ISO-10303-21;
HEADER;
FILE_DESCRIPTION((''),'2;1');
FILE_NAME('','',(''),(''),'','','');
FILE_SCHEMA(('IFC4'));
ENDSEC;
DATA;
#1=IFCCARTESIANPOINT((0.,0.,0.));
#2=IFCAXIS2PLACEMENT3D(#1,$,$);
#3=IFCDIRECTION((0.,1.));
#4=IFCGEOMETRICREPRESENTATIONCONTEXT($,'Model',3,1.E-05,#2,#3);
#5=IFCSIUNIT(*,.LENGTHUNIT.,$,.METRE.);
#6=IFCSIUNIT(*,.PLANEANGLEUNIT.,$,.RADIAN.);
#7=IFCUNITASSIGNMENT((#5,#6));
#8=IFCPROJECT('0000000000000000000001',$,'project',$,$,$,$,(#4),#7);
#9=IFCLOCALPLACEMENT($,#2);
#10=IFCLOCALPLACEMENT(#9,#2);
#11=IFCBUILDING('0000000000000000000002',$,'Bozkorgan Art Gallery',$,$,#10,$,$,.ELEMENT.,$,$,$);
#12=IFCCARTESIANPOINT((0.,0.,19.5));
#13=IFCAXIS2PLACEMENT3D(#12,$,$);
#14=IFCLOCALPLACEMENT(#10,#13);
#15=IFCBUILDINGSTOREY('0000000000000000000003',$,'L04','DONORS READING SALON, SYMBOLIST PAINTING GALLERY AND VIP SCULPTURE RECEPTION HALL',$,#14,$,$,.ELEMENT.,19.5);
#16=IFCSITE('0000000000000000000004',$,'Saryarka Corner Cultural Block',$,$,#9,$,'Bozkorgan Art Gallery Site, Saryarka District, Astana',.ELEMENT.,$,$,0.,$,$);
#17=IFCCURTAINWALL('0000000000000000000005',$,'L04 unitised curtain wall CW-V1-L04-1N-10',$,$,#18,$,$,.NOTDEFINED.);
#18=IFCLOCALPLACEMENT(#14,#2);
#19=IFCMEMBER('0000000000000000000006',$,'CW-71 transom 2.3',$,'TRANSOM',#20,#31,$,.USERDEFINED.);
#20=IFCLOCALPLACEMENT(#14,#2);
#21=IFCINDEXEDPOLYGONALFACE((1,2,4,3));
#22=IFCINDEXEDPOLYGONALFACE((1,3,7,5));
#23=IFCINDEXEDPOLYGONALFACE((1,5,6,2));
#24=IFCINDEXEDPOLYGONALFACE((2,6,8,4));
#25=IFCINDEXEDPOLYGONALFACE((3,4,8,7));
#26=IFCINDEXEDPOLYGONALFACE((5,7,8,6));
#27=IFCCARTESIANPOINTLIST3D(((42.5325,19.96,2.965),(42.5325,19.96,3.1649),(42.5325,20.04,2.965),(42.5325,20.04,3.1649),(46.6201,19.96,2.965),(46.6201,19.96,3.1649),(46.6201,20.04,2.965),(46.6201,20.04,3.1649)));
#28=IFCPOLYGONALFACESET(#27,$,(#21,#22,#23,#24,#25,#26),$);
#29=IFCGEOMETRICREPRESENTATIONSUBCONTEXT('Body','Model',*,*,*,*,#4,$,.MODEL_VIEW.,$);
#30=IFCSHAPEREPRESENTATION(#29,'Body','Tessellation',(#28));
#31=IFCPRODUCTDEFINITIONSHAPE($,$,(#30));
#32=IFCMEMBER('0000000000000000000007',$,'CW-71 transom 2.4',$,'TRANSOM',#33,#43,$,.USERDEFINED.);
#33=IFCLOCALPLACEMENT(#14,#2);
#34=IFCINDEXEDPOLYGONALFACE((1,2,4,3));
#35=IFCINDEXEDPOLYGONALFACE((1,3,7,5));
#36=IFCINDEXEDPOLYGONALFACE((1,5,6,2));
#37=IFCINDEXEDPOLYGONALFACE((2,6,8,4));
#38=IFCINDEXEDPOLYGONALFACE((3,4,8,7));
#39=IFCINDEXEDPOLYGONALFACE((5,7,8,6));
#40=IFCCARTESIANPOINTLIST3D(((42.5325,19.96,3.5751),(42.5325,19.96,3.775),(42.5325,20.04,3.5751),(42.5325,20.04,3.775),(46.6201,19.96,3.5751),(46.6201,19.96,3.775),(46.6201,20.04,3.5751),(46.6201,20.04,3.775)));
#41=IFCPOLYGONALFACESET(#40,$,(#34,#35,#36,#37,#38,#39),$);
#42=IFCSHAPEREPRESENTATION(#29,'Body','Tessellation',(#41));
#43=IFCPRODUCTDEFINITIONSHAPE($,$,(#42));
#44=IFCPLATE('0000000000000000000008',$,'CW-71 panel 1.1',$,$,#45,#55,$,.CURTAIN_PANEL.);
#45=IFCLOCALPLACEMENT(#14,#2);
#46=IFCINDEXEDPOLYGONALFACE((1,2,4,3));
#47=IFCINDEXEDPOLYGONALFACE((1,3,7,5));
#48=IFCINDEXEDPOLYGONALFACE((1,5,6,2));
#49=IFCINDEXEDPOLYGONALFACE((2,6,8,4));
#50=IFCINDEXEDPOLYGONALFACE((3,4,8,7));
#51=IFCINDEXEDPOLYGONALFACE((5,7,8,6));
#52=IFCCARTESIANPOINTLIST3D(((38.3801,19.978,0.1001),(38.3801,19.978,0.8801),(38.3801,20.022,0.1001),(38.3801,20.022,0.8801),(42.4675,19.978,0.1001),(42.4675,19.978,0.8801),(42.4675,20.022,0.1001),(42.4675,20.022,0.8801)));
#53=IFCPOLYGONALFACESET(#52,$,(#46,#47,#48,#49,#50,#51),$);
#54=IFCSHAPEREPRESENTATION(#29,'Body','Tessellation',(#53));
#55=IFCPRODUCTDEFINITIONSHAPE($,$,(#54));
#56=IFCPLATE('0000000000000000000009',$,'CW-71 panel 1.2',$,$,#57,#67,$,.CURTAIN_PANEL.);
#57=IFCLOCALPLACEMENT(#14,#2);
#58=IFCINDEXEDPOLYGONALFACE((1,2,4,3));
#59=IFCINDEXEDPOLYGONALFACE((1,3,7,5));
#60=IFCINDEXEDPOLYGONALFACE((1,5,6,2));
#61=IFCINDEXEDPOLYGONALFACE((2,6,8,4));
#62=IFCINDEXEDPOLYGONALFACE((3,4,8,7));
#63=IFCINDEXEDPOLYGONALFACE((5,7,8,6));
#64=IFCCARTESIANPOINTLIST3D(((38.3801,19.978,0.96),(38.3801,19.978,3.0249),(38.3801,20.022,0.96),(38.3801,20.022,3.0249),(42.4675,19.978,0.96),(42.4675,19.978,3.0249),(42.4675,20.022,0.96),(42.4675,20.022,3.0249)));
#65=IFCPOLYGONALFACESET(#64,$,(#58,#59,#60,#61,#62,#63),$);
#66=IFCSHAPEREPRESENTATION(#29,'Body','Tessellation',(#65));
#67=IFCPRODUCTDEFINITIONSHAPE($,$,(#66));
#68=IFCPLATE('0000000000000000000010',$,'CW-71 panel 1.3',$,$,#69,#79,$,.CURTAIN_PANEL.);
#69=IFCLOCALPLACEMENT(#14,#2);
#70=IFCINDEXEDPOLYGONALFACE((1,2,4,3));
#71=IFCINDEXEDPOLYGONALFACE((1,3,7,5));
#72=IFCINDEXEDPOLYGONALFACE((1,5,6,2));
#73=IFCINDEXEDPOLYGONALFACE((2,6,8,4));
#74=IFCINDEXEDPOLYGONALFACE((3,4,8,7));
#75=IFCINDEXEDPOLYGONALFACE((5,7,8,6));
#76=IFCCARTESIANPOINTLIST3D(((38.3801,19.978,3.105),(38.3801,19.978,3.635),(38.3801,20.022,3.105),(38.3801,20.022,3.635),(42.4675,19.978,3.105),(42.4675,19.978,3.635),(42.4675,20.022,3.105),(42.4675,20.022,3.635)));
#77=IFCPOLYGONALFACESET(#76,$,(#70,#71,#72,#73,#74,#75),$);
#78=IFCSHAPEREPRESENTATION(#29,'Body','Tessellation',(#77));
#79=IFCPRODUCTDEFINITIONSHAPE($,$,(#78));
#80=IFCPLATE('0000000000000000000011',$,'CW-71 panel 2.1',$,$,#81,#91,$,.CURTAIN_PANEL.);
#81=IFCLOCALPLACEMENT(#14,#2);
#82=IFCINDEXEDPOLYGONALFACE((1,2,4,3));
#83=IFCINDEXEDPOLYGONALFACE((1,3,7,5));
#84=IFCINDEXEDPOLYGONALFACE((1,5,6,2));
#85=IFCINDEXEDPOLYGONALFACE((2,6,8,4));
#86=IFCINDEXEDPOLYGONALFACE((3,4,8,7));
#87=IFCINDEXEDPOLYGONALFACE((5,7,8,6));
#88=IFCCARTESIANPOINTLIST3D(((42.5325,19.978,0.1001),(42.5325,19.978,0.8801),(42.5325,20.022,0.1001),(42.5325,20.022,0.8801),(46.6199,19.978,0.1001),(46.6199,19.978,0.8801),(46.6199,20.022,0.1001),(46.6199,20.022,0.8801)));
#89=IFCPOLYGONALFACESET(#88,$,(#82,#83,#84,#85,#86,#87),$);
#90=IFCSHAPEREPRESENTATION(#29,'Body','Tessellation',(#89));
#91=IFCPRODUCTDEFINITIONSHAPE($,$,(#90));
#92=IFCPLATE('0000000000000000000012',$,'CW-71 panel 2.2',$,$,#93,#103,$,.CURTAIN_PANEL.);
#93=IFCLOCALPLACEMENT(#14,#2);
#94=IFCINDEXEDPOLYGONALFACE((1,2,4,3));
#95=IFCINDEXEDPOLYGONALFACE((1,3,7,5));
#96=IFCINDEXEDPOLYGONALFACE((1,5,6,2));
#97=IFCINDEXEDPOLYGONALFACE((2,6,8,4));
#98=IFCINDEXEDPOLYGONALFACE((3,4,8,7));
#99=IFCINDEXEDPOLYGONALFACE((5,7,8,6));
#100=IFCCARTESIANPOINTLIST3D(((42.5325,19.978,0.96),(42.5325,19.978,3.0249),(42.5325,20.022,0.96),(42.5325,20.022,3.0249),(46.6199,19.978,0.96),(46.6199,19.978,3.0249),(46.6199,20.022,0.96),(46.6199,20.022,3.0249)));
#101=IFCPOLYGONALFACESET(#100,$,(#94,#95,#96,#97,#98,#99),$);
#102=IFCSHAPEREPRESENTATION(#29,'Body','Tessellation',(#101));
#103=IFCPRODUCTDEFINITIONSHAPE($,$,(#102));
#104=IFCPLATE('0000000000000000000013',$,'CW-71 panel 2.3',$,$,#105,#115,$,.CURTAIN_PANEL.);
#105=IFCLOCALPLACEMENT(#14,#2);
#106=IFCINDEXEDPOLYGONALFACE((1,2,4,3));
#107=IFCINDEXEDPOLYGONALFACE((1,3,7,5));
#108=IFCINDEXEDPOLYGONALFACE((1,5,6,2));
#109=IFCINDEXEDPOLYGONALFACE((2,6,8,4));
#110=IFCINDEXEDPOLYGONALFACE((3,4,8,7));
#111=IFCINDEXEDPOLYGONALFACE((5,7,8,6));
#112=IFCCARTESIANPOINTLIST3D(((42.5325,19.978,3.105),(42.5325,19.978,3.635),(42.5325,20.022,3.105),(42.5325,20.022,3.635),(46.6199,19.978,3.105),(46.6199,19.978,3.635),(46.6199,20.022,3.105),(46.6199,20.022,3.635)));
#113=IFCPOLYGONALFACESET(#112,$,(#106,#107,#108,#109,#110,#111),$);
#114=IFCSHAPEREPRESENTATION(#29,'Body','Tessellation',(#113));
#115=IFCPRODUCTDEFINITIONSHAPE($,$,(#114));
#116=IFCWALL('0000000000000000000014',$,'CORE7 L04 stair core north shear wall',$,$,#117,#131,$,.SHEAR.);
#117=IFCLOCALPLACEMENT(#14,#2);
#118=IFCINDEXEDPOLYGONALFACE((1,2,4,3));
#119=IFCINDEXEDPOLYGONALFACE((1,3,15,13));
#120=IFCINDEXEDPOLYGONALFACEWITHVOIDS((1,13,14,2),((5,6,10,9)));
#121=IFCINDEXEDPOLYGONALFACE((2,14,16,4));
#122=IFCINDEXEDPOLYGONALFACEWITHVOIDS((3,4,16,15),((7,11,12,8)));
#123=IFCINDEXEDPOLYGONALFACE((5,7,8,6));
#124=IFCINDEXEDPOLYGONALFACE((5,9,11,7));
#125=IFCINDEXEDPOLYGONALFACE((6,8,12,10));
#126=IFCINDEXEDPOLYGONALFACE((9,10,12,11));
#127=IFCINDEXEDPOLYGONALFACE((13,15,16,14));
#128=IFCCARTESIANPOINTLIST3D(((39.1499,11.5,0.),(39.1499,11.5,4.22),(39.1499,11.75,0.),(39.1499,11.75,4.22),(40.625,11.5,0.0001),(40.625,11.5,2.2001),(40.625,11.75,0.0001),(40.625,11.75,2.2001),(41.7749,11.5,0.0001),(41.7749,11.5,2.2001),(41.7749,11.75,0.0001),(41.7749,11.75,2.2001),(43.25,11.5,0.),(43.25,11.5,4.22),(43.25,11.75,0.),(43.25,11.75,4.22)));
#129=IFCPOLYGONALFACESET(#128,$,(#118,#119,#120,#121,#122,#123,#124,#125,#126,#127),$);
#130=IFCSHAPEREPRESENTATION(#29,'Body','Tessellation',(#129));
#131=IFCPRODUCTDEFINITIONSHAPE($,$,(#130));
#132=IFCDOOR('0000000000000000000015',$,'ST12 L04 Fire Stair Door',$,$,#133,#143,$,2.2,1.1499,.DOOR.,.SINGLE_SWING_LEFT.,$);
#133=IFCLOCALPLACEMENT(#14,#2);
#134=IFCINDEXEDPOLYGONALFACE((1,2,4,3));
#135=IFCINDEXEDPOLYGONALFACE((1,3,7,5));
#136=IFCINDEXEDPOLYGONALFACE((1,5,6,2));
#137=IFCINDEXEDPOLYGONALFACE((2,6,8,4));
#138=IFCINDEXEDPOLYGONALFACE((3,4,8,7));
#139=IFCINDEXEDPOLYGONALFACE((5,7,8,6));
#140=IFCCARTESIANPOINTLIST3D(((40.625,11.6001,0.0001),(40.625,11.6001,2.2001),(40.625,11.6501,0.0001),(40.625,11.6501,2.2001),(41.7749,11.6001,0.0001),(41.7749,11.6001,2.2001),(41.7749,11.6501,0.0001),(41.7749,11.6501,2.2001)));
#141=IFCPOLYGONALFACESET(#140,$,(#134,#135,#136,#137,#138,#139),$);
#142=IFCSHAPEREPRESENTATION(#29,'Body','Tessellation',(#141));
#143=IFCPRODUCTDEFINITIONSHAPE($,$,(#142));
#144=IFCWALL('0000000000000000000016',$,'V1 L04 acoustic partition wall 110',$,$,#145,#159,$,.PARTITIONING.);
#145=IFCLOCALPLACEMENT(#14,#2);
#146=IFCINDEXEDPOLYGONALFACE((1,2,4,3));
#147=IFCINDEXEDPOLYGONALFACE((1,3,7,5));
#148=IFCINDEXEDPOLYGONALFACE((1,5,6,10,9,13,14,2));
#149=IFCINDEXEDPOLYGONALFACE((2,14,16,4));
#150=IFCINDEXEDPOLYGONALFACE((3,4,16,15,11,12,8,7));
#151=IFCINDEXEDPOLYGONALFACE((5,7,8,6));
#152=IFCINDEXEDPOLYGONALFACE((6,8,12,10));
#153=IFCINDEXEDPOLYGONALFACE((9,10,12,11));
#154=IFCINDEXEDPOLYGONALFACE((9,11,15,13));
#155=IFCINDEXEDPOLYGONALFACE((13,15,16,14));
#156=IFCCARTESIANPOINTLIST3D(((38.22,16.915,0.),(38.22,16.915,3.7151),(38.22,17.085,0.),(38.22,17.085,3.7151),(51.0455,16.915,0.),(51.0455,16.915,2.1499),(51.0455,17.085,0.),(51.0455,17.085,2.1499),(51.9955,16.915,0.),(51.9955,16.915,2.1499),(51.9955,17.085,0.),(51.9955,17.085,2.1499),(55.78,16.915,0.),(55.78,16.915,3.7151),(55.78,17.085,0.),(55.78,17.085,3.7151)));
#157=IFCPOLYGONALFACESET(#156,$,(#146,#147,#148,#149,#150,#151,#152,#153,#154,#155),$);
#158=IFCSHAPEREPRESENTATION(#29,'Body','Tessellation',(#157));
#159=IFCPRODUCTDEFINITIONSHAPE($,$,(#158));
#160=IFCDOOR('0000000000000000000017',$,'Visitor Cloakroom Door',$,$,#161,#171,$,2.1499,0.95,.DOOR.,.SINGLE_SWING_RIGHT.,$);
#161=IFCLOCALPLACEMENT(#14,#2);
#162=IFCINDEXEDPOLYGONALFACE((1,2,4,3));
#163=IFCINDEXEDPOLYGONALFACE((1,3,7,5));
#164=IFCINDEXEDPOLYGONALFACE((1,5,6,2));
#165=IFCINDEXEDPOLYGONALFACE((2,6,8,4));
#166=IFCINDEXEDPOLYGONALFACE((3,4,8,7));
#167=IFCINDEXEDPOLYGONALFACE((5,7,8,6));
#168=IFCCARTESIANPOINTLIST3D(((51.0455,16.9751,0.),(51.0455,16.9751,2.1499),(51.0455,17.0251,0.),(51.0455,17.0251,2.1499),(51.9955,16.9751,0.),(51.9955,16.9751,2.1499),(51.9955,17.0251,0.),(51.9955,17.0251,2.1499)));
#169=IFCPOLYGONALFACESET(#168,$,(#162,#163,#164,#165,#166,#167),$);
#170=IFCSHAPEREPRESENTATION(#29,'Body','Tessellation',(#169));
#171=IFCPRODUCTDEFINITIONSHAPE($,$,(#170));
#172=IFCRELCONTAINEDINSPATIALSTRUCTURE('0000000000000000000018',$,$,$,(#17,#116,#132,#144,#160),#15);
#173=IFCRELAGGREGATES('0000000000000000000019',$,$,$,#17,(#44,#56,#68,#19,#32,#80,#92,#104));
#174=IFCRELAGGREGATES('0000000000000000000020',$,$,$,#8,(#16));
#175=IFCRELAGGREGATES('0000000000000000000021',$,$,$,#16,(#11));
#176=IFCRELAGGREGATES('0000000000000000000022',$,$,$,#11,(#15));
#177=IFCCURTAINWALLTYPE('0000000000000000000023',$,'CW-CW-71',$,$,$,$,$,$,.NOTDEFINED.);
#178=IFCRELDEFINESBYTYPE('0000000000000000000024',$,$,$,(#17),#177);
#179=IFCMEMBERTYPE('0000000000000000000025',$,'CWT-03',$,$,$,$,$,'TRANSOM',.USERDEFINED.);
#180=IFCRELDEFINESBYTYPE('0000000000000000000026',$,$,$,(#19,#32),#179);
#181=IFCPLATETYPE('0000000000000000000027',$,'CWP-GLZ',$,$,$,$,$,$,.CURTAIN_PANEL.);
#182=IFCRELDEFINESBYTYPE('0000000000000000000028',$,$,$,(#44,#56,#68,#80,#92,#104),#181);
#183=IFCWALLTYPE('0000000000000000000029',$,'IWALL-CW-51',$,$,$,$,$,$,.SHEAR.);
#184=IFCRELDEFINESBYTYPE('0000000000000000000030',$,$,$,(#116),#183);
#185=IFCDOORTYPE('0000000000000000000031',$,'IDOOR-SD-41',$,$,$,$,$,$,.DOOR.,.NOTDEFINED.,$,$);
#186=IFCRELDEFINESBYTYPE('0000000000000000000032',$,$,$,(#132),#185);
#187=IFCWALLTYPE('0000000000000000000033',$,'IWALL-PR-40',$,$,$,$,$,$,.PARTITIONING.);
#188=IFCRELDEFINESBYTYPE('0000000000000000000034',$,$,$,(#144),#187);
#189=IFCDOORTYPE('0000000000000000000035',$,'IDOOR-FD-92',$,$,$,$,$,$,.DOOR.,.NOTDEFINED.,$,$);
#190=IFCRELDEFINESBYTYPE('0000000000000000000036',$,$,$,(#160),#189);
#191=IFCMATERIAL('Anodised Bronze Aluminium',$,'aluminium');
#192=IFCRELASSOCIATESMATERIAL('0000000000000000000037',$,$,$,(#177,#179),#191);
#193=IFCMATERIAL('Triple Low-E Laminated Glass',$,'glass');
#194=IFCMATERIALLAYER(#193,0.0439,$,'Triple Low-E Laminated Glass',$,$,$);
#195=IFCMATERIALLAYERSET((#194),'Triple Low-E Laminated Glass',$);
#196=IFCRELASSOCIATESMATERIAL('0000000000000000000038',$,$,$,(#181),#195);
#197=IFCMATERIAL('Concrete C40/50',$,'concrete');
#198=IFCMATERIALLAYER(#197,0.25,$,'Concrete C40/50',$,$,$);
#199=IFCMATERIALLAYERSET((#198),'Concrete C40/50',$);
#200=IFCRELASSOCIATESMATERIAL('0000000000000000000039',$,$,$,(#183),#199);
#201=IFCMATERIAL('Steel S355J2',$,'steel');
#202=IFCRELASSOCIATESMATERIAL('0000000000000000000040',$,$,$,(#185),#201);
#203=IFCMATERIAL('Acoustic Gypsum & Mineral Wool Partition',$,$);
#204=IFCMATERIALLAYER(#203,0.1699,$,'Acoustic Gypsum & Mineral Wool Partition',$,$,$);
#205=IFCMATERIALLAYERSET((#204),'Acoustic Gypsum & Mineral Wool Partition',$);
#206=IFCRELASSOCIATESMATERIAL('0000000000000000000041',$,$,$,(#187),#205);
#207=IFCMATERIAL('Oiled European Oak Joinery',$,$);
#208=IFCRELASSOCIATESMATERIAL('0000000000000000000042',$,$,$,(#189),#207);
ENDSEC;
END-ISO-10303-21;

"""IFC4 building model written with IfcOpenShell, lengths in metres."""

from ifc_helpers import new_model, si_unit, direction, frame, frame_2d, origin, origin_2d, place, context, subcontext, project, spatial, rectangle, extrude, material, layer, layer_set, material_profile, profile_set, type_object, element, fill, aggregate, save


model = new_model("IFC4")

# Units and contexts
model_context = context("Model", 3, precision=1e-05, world=origin(), true_north=direction((0.0, 1.0)))
body_context = subcontext(model_context, "Body", "Model", "MODEL_VIEW")
ifc_project = project(units=[si_unit("LENGTHUNIT", "METRE"), si_unit("PLANEANGLEUNIT", "RADIAN")], contexts=[model_context])

# Site, building, storey
site_placement = place(None, origin())
site = spatial("IfcSite", under=ifc_project, at=site_placement, Name="Saryarka Corner Cultural Block", LongName="Bozkorgan Art Gallery Site, Saryarka District, Astana", CompositionType="ELEMENT", RefElevation=0.0)
building_placement = place(site_placement, origin())
building = spatial("IfcBuilding", under=site, at=building_placement, Name="Bozkorgan Art Gallery", CompositionType="ELEMENT")
storey_placement = place(building_placement, frame((0.0, 0.0, 19.5)))
storey = spatial("IfcBuildingStorey", under=building, at=storey_placement, Name="L04", Description="DONORS READING SALON, SYMBOLIST PAINTING GALLERY AND VIP SCULPTURE RECEPTION HALL", CompositionType="ELEMENT", Elevation=19.5)

# Shared definitions
ifc_material_1 = material(Name="Concrete C40/50", Category="concrete")

# Shared definitions
ifc_material_2 = material(Name="Steel S355J2", Category="steel")

# Curtain wall, members, plates
ifc_material_3 = material(Name="Anodised Bronze Aluminium", Category="aluminium")
curtain_wall_type = type_object("IfcCurtainWallType", Name="CW-CW-71", PredefinedType="NOTDEFINED", material=ifc_material_3)
curtain_wall_placement = place(storey_placement, origin())
curtain_wall = element("IfcCurtainWall", 1, at=curtain_wall_placement, inside=storey, type_object=curtain_wall_type, Name="L04 unitised curtain wall CW-V1-L04-1N-10", PredefinedType="NOTDEFINED")
ifc_material_profile_1 = material_profile(ifc_material_3, rectangle(XDim=0.0801, YDim=0.2, at=origin_2d()), Name="ALU TRANSOM 80x200")
ifc_profile_set_1 = profile_set([ifc_material_profile_1], Name="Anodised Bronze Aluminium")
member_type_1 = type_object("IfcMemberType", Name="CWT-03", ElementType="TRANSOM", PredefinedType="USERDEFINED", material=ifc_profile_set_1)
member_1_placement = place(storey_placement, frame((42.5325, 20.0, 3.0649), z_axis=(1.0, 0.0, 0.0), x_axis=(0.0, 1.0, 0.0)))
member_1 = element("IfcMember", 2, at=member_1_placement, type_object=member_type_1, Name="CW-71 transom 2.3", ObjectType="TRANSOM", PredefinedType="USERDEFINED", context=body_context, shape_type="SweptSolid", body=[
    extrude(rectangle(XDim=0.0801, YDim=0.2, at=origin_2d()), origin(), (0.0, 0.0, 1.0), 4.0876),
])
member_2_placement = place(storey_placement, frame((42.5325, 20.0, 3.675), z_axis=(1.0, 0.0, 0.0), x_axis=(0.0, 1.0, 0.0)))
member_2 = element("IfcMember", 3, at=member_2_placement, type_object=member_type_1, Name="CW-71 transom 2.4", ObjectType="TRANSOM", PredefinedType="USERDEFINED", context=body_context, shape_type="SweptSolid", body=[
    extrude(rectangle(XDim=0.0801, YDim=0.2, at=origin_2d()), origin(), (0.0, 0.0, 1.0), 4.0876),
])
ifc_material_4 = material(Name="Triple Low-E Laminated Glass", Category="glass")
ifc_layer_1 = layer(ifc_material_4, 0.0439, Name="Triple Low-E Laminated Glass")
ifc_layer_set_1 = layer_set([ifc_layer_1], Name="Triple Low-E Laminated Glass")
plate_type = type_object("IfcPlateType", Name="CWP-GLZ", PredefinedType="CURTAIN_PANEL", material=ifc_layer_set_1)
plate_1_placement = place(storey_placement, frame((40.4238, 20.0, 0.1001), z_axis=(0.0, 0.0, 1.0), x_axis=(1.0, 0.0, 0.0)))
plate_1 = element("IfcPlate", 4, at=plate_1_placement, type_object=plate_type, Name="CW-71 panel 1.1", PredefinedType="CURTAIN_PANEL", context=body_context, shape_type="SweptSolid", body=[
    extrude(rectangle(XDim=4.0874, YDim=0.0439, at=origin_2d()), origin(), (0.0, 0.0, 1.0), 0.78),
])
plate_2_placement = place(storey_placement, frame((40.4238, 20.0, 0.96), z_axis=(0.0, 0.0, 1.0), x_axis=(1.0, 0.0, 0.0)))
plate_2 = element("IfcPlate", 5, at=plate_2_placement, type_object=plate_type, Name="CW-71 panel 1.2", PredefinedType="CURTAIN_PANEL", context=body_context, shape_type="SweptSolid", body=[
    extrude(rectangle(XDim=4.0874, YDim=0.0439, at=origin_2d()), origin(), (0.0, 0.0, 1.0), 2.0649),
])
plate_3_placement = place(storey_placement, frame((40.4238, 20.0, 3.105), z_axis=(0.0, 0.0, 1.0), x_axis=(1.0, 0.0, 0.0)))
plate_3 = element("IfcPlate", 6, at=plate_3_placement, type_object=plate_type, Name="CW-71 panel 1.3", PredefinedType="CURTAIN_PANEL", context=body_context, shape_type="SweptSolid", body=[
    extrude(rectangle(XDim=4.0874, YDim=0.0439, at=origin_2d()), origin(), (0.0, 0.0, 1.0), 0.53),
])
plate_4_placement = place(storey_placement, frame((44.5762, 20.0, 0.1001), z_axis=(0.0, 0.0, 1.0), x_axis=(1.0, 0.0, 0.0)))
plate_4 = element("IfcPlate", 7, at=plate_4_placement, type_object=plate_type, Name="CW-71 panel 2.1", PredefinedType="CURTAIN_PANEL", context=body_context, shape_type="SweptSolid", body=[
    extrude(rectangle(XDim=4.0874, YDim=0.0439, at=origin_2d()), origin(), (0.0, 0.0, 1.0), 0.78),
])
plate_5_placement = place(storey_placement, frame((44.5762, 20.0, 0.96), z_axis=(0.0, 0.0, 1.0), x_axis=(1.0, 0.0, 0.0)))
plate_5 = element("IfcPlate", 8, at=plate_5_placement, type_object=plate_type, Name="CW-71 panel 2.2", PredefinedType="CURTAIN_PANEL", context=body_context, shape_type="SweptSolid", body=[
    extrude(rectangle(XDim=4.0874, YDim=0.0439, at=origin_2d()), origin(), (0.0, 0.0, 1.0), 2.0649),
])
plate_6_placement = place(storey_placement, frame((44.5762, 20.0, 3.105), z_axis=(0.0, 0.0, 1.0), x_axis=(1.0, 0.0, 0.0)))
plate_6 = element("IfcPlate", 9, at=plate_6_placement, type_object=plate_type, Name="CW-71 panel 2.3", PredefinedType="CURTAIN_PANEL", context=body_context, shape_type="SweptSolid", body=[
    extrude(rectangle(XDim=4.0874, YDim=0.0439, at=origin_2d()), origin(), (0.0, 0.0, 1.0), 0.53),
])
aggregate(curtain_wall, [plate_1, plate_2, plate_3, member_1, member_2, plate_4, plate_5, plate_6])

# Walls, openings, doors
ifc_layer_2 = layer(ifc_material_1, 0.25, Name="Concrete C40/50")
ifc_layer_set_2 = layer_set([ifc_layer_2], Name="Concrete C40/50")
wall_type_1 = type_object("IfcWallType", Name="IWALL-CW-51", PredefinedType="SHEAR", material=ifc_layer_set_2)
wall_1_placement = place(storey_placement, frame((39.1499, 11.625, 0.0), z_axis=(0.0, 0.0, 1.0), x_axis=(1.0, 0.0, 0.0)))
wall_1 = element("IfcWall", 10, at=wall_1_placement, inside=storey, type_object=wall_type_1, Name="CORE7 L04 stair core north shear wall", PredefinedType="SHEAR", context=body_context, shape_type="SweptSolid", body=[
    extrude(rectangle(XDim=4.1001, YDim=0.25, at=frame_2d((2.05, 0.0))), origin(), (0.0, 0.0, 1.0), 4.22),
])
opening_1_placement = place(wall_1_placement, frame((2.625, 0.0, 0.0), z_axis=(0.0, 0.0, 1.0), x_axis=(-1.0, 0.0, 0.0)))
opening_1 = element("IfcOpeningElement", 11, at=opening_1_placement, cuts=wall_1, PredefinedType="OPENING", context=body_context, shape_type="SweptSolid", body=[
    extrude(rectangle(XDim=1.1499, YDim=2.2, at=frame_2d((0.575, 1.1001))), frame((0.0, 0.135, 0.0), z_axis=(0.0, -1.0, 0.0), x_axis=(1.0, 0.0, 0.0)), (0.0, 0.0, 1.0), 0.27),
])
door_type_1 = type_object("IfcDoorType", Name="IDOOR-SD-41", OperationType="NOTDEFINED", PredefinedType="DOOR", material=ifc_material_2)
door_1_placement = place(opening_1_placement, origin())
door_1 = element("IfcDoor", 12, at=door_1_placement, inside=storey, type_object=door_type_1, Name="ST12 L04 Fire Stair Door", OperationType="SINGLE_SWING_LEFT", OverallHeight=2.2, OverallWidth=1.1499, PredefinedType="DOOR", context=body_context, shape_type="SweptSolid", body=[
    extrude(rectangle(XDim=1.1499, YDim=2.2, at=frame_2d((0.575, 1.1001))), frame((0.0, 0.0249, 0.0), z_axis=(0.0, -1.0, 0.0), x_axis=(1.0, 0.0, 0.0)), (0.0, 0.0, 1.0), 0.05),
])
fill(opening_1, door_1)
ifc_material_5 = material(Name="Acoustic Gypsum & Mineral Wool Partition")
ifc_layer_3 = layer(ifc_material_5, 0.1699, Name="Acoustic Gypsum & Mineral Wool Partition")
ifc_layer_set_3 = layer_set([ifc_layer_3], Name="Acoustic Gypsum & Mineral Wool Partition")
wall_type_2 = type_object("IfcWallType", Name="IWALL-PR-40", PredefinedType="PARTITIONING", material=ifc_layer_set_3)
wall_2_placement = place(storey_placement, frame((38.22, 17.0, 0.0), z_axis=(0.0, 0.0, 1.0), x_axis=(1.0, 0.0, 0.0)))
wall_2 = element("IfcWall", 13, at=wall_2_placement, inside=storey, type_object=wall_type_2, Name="V1 L04 acoustic partition wall 110", PredefinedType="PARTITIONING", context=body_context, shape_type="SweptSolid", body=[
    extrude(rectangle(XDim=17.5601, YDim=0.1699, at=frame_2d((8.78, 0.0))), origin(), (0.0, 0.0, 1.0), 3.7151),
])
opening_2_placement = place(wall_2_placement, frame((13.7756, 0.0, 0.0), z_axis=(0.0, 0.0, 1.0), x_axis=(-1.0, 0.0, 0.0)))
opening_2 = element("IfcOpeningElement", 14, at=opening_2_placement, cuts=wall_2, PredefinedType="OPENING", context=body_context, shape_type="SweptSolid", body=[
    extrude(rectangle(XDim=0.95, YDim=2.1499, at=frame_2d((0.4751, 1.075))), frame((0.0, 0.095, 0.0), z_axis=(0.0, -1.0, 0.0), x_axis=(1.0, 0.0, 0.0)), (0.0, 0.0, 1.0), 0.1899),
])
ifc_material_6 = material(Name="Oiled European Oak Joinery")
door_type_2 = type_object("IfcDoorType", Name="IDOOR-FD-92", OperationType="NOTDEFINED", PredefinedType="DOOR", material=ifc_material_6)
door_2_placement = place(opening_2_placement, origin())
door_2 = element("IfcDoor", 15, at=door_2_placement, inside=storey, type_object=door_type_2, Name="Visitor Cloakroom Door", OperationType="SINGLE_SWING_RIGHT", OverallHeight=2.1499, OverallWidth=0.95, PredefinedType="DOOR", context=body_context, shape_type="SweptSolid", body=[
    extrude(rectangle(XDim=0.95, YDim=2.1499, at=frame_2d((0.4751, 1.075))), frame((0.0, 0.0249, 0.0), z_axis=(0.0, -1.0, 0.0), x_axis=(1.0, 0.0, 0.0)), (0.0, 0.0, 1.0), 0.05),
])
fill(opening_2, door_2)

save(model, "model.ifc")
